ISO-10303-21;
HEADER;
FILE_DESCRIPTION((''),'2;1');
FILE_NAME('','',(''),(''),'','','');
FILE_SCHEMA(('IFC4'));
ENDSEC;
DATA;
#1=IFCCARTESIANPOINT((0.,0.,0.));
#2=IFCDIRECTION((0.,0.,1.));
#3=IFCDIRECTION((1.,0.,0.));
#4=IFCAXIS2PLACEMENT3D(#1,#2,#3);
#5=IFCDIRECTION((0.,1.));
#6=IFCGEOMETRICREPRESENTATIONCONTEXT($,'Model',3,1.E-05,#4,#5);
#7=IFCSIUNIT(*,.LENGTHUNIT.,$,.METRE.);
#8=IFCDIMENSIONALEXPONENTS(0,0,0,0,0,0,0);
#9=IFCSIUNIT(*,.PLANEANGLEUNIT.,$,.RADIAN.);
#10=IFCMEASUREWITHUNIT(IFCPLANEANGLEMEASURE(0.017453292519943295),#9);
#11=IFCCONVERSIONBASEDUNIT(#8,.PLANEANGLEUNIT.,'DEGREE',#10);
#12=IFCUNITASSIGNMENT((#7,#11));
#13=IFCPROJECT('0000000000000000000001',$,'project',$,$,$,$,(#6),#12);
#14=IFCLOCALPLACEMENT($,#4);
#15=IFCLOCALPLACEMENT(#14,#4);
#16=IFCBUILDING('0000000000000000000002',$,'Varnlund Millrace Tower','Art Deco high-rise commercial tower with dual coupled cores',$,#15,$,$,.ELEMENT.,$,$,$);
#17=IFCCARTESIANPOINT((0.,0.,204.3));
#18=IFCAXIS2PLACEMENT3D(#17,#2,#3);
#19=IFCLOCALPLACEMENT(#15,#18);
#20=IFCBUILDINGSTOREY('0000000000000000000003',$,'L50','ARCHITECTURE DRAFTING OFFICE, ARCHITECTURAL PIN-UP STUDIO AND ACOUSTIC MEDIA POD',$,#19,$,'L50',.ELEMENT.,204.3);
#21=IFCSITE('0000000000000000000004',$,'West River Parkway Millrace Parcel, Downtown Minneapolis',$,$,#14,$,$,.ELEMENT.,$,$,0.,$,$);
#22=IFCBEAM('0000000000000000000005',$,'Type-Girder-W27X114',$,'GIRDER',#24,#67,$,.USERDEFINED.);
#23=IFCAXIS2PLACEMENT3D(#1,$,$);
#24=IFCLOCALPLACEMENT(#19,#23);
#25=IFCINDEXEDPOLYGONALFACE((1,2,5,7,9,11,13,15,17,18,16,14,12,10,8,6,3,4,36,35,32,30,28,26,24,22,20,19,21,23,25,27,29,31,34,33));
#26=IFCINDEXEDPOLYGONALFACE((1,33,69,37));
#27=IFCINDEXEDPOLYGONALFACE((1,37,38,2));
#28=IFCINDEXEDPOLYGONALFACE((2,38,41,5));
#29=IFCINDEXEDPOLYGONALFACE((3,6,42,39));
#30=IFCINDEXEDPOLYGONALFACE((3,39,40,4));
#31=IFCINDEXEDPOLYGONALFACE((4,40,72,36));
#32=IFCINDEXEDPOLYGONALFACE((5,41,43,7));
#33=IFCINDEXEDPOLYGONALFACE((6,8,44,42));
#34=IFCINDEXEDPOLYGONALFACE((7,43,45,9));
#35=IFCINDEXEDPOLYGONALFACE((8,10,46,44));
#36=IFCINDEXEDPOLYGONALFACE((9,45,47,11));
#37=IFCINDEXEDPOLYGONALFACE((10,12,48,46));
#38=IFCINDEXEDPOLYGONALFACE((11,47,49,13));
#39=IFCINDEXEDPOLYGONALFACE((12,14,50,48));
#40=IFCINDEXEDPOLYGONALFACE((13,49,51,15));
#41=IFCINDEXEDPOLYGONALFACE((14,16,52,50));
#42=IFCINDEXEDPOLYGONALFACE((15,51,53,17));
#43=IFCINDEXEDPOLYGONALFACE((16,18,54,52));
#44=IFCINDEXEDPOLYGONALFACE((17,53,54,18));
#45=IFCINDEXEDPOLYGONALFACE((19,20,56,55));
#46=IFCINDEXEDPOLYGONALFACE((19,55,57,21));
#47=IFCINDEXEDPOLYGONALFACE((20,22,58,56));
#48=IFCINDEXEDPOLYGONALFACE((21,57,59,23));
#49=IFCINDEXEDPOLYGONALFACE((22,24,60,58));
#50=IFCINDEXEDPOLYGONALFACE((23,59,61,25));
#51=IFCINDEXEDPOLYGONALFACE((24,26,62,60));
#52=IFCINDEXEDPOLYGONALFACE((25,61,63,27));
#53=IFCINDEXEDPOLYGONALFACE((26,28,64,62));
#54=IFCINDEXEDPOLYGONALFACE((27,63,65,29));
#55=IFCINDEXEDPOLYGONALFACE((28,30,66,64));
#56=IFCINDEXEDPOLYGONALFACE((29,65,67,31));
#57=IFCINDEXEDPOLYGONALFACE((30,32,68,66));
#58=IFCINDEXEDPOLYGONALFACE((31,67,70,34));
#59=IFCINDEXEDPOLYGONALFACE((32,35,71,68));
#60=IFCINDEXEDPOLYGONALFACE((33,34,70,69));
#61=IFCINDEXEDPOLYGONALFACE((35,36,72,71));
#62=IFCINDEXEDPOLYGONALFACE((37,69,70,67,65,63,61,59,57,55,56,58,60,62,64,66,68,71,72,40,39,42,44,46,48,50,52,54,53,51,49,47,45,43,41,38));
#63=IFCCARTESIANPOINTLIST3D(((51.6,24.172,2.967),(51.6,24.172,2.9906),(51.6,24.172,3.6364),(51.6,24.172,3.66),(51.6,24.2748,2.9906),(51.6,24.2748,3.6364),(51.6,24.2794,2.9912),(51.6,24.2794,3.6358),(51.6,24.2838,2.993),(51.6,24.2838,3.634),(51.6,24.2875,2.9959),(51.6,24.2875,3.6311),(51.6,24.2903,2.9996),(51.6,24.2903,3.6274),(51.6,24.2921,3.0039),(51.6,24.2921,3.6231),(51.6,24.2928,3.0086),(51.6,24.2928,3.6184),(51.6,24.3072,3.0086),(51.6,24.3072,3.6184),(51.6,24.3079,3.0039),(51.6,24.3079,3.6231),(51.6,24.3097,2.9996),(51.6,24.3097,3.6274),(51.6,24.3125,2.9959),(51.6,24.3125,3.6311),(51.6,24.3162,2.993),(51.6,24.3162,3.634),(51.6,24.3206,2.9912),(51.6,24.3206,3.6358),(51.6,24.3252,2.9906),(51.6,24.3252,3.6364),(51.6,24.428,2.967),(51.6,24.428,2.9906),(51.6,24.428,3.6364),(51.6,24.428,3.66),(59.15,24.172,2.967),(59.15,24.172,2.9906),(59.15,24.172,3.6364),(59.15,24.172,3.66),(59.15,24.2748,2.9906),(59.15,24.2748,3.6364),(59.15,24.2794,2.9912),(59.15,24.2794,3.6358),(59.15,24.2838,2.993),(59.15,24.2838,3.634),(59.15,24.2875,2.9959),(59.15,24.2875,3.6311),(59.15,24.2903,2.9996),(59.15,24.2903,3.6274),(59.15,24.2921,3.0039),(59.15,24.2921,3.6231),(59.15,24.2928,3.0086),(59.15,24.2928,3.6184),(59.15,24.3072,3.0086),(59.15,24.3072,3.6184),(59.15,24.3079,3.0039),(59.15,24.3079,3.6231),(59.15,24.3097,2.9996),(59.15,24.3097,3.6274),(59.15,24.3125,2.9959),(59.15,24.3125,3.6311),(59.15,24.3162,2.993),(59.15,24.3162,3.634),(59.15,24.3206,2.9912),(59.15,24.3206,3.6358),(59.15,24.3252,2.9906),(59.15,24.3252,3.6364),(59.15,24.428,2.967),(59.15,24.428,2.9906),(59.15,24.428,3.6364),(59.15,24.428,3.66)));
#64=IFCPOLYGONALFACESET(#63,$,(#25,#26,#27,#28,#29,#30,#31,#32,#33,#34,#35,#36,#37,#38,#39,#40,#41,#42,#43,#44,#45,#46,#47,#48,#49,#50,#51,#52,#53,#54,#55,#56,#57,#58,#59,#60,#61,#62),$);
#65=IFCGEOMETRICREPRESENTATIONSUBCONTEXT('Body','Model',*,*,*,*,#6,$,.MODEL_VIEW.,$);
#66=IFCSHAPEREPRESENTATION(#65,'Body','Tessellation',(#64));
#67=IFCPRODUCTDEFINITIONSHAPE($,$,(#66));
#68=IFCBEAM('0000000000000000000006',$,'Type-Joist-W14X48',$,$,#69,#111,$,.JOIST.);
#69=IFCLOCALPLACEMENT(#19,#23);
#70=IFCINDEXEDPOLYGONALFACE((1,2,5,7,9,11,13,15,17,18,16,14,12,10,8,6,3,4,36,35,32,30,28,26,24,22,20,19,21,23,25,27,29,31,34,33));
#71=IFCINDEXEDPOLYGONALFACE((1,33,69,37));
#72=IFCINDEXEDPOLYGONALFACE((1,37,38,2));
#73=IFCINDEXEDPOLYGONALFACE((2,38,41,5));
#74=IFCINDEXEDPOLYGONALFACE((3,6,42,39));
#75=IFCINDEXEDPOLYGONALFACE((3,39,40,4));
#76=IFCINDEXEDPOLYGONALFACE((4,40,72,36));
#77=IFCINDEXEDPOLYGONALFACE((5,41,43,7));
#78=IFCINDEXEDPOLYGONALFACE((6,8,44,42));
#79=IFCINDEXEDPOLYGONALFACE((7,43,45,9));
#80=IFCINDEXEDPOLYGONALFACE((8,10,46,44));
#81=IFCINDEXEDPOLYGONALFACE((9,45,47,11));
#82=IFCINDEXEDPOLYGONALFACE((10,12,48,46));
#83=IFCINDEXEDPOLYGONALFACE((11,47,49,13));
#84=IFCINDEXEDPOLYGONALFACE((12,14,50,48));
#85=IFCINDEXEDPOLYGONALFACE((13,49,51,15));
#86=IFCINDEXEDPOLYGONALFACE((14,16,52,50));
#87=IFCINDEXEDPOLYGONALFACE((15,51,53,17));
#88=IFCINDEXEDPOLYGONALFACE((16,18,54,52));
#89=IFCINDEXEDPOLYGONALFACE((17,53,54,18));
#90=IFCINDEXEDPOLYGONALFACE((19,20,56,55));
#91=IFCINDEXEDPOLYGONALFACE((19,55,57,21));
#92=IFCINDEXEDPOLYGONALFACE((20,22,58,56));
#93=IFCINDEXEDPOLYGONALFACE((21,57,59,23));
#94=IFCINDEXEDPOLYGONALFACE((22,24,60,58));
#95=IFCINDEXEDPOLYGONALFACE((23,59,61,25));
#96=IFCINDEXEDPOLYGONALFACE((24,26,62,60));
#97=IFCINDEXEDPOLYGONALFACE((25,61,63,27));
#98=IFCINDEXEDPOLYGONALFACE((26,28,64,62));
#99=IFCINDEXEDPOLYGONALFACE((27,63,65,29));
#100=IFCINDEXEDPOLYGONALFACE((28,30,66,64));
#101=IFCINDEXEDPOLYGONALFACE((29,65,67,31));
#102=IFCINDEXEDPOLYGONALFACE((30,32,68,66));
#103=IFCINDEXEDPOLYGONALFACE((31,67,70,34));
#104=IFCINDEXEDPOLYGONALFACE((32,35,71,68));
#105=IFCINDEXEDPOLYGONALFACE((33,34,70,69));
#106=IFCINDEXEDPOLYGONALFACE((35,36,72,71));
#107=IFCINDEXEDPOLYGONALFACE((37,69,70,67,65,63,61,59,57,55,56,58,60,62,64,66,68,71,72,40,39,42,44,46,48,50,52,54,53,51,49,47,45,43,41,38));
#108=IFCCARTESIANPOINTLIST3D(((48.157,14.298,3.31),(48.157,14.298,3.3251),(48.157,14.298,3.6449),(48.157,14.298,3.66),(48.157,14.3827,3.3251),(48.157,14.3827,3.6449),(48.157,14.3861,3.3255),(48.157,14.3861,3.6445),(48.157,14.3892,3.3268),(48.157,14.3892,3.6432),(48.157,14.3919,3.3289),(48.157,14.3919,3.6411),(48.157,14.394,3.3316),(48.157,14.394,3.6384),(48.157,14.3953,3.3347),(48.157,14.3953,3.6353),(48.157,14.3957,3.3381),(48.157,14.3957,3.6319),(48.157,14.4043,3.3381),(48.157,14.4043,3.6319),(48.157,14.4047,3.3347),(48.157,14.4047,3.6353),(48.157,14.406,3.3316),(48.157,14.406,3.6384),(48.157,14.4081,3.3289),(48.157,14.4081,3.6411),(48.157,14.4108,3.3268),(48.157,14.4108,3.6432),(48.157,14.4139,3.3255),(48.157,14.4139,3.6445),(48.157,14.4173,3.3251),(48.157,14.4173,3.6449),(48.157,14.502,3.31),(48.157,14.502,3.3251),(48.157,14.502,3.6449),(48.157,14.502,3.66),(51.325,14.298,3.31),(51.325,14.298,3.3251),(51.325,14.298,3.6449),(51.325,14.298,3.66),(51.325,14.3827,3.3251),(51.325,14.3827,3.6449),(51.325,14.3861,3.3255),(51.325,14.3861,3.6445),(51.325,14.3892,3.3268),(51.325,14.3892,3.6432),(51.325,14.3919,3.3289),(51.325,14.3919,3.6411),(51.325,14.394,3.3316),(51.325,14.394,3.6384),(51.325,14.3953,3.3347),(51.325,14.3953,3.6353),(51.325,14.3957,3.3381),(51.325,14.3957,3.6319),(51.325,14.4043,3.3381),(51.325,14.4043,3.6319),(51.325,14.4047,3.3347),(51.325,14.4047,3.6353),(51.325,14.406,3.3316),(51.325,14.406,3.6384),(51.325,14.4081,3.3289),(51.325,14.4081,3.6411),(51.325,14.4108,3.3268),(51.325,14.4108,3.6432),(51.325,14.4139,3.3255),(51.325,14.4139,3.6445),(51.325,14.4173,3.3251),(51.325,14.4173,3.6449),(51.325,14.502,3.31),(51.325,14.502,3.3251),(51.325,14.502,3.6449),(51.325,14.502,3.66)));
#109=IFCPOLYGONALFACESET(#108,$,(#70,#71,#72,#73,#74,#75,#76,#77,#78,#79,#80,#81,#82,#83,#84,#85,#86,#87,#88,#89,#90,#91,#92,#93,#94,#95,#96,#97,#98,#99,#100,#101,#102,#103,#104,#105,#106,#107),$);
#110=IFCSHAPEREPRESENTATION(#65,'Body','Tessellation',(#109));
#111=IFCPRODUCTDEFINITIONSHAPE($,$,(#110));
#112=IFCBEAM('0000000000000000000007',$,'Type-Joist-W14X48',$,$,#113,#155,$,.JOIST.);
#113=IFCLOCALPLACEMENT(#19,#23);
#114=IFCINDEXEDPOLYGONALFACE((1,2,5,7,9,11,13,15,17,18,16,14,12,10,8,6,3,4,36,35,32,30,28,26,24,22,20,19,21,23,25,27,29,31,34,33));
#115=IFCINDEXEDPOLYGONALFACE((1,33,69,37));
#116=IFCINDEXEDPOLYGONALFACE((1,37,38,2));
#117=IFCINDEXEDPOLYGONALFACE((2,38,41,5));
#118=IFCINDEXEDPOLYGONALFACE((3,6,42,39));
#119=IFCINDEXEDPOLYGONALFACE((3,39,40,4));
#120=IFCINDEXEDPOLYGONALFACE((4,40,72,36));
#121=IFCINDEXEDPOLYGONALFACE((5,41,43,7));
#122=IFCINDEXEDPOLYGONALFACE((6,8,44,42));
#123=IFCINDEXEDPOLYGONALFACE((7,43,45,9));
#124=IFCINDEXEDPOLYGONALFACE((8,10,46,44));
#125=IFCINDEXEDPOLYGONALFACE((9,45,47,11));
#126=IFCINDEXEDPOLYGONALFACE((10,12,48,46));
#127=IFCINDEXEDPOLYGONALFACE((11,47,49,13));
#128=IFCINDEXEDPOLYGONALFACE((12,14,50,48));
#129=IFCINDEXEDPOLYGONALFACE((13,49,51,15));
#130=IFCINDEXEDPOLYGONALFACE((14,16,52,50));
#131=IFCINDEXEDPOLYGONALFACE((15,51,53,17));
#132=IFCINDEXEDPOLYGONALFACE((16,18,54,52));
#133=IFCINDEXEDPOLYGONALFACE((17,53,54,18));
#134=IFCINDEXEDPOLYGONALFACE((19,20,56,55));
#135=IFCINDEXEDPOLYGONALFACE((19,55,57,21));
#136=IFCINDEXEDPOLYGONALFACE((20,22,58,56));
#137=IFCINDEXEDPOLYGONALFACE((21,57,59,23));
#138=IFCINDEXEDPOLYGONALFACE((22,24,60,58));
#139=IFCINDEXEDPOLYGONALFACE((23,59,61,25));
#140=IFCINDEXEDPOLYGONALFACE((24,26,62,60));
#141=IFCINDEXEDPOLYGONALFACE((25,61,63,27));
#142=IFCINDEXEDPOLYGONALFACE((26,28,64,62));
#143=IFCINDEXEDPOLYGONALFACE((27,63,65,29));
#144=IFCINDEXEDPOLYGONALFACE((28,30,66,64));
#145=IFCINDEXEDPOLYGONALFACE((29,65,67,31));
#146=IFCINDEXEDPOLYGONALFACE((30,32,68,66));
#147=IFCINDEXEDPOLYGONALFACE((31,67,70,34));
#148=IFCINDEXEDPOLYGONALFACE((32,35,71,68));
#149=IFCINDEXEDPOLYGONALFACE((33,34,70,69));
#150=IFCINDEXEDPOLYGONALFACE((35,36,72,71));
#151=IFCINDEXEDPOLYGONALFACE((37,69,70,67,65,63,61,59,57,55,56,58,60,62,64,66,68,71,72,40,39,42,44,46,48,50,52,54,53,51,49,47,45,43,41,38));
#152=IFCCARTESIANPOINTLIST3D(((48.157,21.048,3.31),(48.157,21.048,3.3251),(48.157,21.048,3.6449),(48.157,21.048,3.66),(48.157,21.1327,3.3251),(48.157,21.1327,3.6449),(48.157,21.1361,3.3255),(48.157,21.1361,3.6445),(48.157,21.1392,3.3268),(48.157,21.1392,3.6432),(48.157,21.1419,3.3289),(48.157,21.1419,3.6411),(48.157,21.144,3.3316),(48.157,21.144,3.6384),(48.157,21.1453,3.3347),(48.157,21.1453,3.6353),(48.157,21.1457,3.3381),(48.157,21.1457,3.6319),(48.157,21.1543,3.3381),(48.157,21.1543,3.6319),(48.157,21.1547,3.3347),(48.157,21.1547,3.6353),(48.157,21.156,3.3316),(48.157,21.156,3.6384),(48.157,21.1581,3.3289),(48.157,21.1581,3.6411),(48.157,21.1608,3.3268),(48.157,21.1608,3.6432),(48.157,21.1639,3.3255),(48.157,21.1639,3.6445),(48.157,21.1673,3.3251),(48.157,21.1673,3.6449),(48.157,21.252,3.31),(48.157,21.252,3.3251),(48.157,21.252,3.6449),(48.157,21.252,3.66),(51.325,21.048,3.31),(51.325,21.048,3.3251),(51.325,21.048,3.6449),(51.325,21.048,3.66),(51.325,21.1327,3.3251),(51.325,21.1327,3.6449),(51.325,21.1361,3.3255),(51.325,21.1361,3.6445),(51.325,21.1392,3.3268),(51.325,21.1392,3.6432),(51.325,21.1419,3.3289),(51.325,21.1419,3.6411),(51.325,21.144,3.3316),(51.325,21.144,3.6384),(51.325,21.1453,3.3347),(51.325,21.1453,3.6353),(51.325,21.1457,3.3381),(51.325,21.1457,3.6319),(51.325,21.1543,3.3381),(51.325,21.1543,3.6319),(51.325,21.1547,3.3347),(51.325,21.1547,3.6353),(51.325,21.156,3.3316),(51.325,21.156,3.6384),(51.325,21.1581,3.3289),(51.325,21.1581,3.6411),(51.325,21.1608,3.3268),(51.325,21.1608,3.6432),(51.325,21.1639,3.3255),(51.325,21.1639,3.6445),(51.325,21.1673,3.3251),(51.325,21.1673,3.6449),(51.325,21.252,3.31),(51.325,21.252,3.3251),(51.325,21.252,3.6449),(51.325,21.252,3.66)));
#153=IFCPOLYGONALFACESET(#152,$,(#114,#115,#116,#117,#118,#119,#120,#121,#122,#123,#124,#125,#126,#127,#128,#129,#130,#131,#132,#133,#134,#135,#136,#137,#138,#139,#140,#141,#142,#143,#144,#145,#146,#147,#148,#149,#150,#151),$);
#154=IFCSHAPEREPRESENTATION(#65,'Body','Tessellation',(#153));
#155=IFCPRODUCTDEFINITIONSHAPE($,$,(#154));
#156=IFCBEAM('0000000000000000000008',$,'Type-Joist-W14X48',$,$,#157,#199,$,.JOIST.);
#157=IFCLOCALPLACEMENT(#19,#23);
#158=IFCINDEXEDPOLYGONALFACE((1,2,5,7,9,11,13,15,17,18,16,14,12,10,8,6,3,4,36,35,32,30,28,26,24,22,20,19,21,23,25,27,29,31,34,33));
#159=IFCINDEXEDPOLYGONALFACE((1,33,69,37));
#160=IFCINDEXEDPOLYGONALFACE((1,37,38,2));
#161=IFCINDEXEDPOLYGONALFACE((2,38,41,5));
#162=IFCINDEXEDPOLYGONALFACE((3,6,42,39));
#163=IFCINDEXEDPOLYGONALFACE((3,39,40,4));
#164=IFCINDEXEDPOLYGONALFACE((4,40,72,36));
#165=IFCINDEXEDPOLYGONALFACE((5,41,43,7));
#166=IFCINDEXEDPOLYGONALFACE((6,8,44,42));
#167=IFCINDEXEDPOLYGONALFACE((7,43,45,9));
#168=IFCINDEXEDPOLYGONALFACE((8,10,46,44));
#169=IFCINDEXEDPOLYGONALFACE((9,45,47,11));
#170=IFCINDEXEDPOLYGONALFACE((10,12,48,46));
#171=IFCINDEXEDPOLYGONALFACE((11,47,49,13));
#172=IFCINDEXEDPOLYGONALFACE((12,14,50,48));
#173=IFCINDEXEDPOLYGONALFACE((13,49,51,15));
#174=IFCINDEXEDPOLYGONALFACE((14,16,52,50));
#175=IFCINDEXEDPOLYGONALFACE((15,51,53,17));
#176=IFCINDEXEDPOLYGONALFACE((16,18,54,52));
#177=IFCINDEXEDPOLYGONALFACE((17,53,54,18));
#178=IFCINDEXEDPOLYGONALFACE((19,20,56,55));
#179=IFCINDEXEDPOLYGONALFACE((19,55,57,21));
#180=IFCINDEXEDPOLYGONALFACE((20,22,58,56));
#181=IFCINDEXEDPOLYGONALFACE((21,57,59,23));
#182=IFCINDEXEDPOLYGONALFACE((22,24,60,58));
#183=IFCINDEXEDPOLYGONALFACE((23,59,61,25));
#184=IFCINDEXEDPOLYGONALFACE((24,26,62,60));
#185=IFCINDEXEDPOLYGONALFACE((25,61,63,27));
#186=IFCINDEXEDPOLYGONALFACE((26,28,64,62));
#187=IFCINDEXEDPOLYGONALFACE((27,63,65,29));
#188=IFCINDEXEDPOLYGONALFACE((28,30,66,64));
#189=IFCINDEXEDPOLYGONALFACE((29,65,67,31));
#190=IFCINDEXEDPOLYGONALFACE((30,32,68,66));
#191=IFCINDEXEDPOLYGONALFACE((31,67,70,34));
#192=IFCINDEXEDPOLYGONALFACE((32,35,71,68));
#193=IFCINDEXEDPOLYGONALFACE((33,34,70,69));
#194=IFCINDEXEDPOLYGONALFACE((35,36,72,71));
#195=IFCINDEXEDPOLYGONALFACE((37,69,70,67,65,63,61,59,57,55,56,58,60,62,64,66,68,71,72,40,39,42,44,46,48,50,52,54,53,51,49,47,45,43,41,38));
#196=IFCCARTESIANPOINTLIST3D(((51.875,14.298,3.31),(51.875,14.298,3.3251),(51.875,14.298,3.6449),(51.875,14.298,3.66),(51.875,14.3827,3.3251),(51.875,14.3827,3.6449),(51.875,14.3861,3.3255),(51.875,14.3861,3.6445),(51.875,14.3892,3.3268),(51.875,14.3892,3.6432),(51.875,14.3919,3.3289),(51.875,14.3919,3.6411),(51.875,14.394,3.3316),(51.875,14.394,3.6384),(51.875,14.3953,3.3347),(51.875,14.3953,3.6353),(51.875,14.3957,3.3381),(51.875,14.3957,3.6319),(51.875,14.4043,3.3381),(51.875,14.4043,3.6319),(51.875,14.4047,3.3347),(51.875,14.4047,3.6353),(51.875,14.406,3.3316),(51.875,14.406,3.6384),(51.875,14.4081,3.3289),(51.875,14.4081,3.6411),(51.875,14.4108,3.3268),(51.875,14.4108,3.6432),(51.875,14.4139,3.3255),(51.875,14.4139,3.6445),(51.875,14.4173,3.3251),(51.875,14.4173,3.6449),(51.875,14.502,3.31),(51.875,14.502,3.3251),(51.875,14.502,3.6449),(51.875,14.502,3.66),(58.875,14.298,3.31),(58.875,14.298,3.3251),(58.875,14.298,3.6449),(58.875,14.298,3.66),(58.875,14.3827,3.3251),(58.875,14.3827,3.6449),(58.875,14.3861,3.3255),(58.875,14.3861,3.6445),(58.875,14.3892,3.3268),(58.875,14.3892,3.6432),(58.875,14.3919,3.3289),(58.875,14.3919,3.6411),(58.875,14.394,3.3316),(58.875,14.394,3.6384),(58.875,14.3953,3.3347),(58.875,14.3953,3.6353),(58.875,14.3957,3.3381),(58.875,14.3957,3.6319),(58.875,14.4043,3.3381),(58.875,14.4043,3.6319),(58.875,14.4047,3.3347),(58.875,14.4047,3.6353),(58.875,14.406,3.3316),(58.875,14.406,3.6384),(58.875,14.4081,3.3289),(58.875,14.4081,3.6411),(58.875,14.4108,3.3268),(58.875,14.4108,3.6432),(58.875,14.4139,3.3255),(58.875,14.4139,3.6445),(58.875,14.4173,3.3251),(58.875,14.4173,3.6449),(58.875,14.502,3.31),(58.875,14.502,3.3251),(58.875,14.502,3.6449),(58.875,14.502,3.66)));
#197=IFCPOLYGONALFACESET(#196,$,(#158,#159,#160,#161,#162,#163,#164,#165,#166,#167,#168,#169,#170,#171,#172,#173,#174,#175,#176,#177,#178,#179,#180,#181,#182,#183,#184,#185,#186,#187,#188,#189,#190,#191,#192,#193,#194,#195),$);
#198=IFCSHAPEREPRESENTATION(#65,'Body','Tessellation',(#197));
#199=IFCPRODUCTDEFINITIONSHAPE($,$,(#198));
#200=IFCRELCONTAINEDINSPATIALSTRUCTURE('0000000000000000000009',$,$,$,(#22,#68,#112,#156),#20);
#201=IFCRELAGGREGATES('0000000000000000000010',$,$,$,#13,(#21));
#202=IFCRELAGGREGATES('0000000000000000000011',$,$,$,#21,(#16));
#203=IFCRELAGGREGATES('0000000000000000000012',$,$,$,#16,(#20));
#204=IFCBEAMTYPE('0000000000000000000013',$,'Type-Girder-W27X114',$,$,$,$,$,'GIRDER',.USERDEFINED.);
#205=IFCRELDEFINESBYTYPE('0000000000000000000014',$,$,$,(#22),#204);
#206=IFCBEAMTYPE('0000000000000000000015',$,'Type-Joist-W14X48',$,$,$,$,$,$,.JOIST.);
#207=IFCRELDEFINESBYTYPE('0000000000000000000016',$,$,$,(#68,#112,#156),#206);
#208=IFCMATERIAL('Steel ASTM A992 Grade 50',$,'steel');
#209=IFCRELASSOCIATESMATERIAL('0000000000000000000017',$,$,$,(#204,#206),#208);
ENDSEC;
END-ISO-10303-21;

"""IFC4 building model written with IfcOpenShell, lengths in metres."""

from ifc_helpers import new_model, entity, si_unit, converted_unit, direction, frame, origin_with_axes, origin_2d_with_axis, place, context, subcontext, project, spatial, i_section, extrude, material, material_profile, profile_set, type_object, element, save


model = new_model("IFC4")

# Units and contexts
model_context = context("Model", 3, precision=1e-05, world=origin_with_axes(), true_north=direction((0.0, 1.0)))
body_context = subcontext(model_context, "Body", "Model", "MODEL_VIEW")
ifc_project = project(units=[si_unit("LENGTHUNIT", "METRE"), converted_unit("PLANEANGLEUNIT", "DEGREE", entity("IfcPlaneAngleMeasure", 0.017453292519943295), si_unit("PLANEANGLEUNIT", "RADIAN"), dimensions=[0, 0, 0, 0, 0, 0, 0])], contexts=[model_context])

# Site, building, storey
site_placement = place(None, origin_with_axes())
site = spatial("IfcSite", under=ifc_project, at=site_placement, Name="West River Parkway Millrace Parcel, Downtown Minneapolis", CompositionType="ELEMENT", RefElevation=0.0)
building_placement = place(site_placement, origin_with_axes())
building = spatial("IfcBuilding", under=site, at=building_placement, Name="Varnlund Millrace Tower", Description="Art Deco high-rise commercial tower with dual coupled cores", CompositionType="ELEMENT")
storey_placement = place(building_placement, frame((0.0, 0.0, 204.3), z_axis=(0.0, 0.0, 1.0), x_axis=(1.0, 0.0, 0.0)))
storey = spatial("IfcBuildingStorey", under=building, at=storey_placement, Name="L50", Description="ARCHITECTURE DRAFTING OFFICE, ARCHITECTURAL PIN-UP STUDIO AND ACOUSTIC MEDIA POD", LongName="L50", CompositionType="ELEMENT", Elevation=204.3)

# Beams
ifc_material_1 = material(Name="Steel ASTM A992 Grade 50", Category="steel")
ifc_material_profile_1 = material_profile(ifc_material_1, i_section(OverallWidth=0.256, OverallDepth=0.693, WebThickness=0.0145, FlangeThickness=0.0236, FilletRadius=0.018, at=origin_2d_with_axis()), Name="Steel ASTM A992 Grade 50")
ifc_profile_set_1 = profile_set([ifc_material_profile_1], Name="Steel ASTM A992 Grade 50")
beam_type_1 = type_object("IfcBeamType", Name="Type-Girder-W27X114", ElementType="GIRDER", PredefinedType="USERDEFINED", material=ifc_profile_set_1)
beam_1_placement = place(storey_placement, frame((51.6, 24.3, 3.3135), z_axis=(1.0, 0.0, 0.0), x_axis=(0.0, 1.0, 0.0)))
element("IfcBeam", 1, at=beam_1_placement, inside=storey, type_object=beam_type_1, Name="Type-Girder-W27X114", ObjectType="GIRDER", PredefinedType="USERDEFINED", context=body_context, shape_type="SweptSolid", body=[
    extrude(i_section(OverallWidth=0.256, OverallDepth=0.693, WebThickness=0.0145, FlangeThickness=0.0236, FilletRadius=0.018, at=origin_2d_with_axis()), origin_with_axes(), (0.0, 0.0, 1.0), 7.55),
])
ifc_material_profile_2 = material_profile(ifc_material_1, i_section(OverallWidth=0.204, OverallDepth=0.35, WebThickness=0.0086, FlangeThickness=0.0151, FilletRadius=0.013, at=origin_2d_with_axis()), Name="Steel ASTM A992 Grade 50")
ifc_profile_set_2 = profile_set([ifc_material_profile_2], Name="Steel ASTM A992 Grade 50")
beam_type_2 = type_object("IfcBeamType", Name="Type-Joist-W14X48", PredefinedType="JOIST", material=ifc_profile_set_2)
for number, where, z_axis, x_axis, name in (
    (2, (48.157, 14.4, 3.485), (1.0, 0.0, 0.0), (0.0, 1.0, 0.0), "Type-Joist-W14X48"),
    (3, (48.157, 21.15, 3.485), (1.0, 0.0, 0.0), (0.0, 1.0, 0.0), "Type-Joist-W14X48"),
):
    element("IfcBeam", number, at=place(storey_placement, frame(where, z_axis=z_axis, x_axis=x_axis)), inside=storey, type_object=beam_type_2, Name=name, PredefinedType="JOIST", context=body_context, shape_type="SweptSolid", body=[
        extrude(i_section(OverallWidth=0.204, OverallDepth=0.35, WebThickness=0.0086, FlangeThickness=0.0151, FilletRadius=0.013, at=origin_2d_with_axis()), origin_with_axes(), (0.0, 0.0, 1.0), 3.168),
    ])
for number, where, z_axis, x_axis, name in (
    (4, (51.875, 14.4, 3.485), (1.0, 0.0, 0.0), (0.0, 1.0, 0.0), "Type-Joist-W14X48"),
):
    element("IfcBeam", number, at=place(storey_placement, frame(where, z_axis=z_axis, x_axis=x_axis)), inside=storey, type_object=beam_type_2, Name=name, PredefinedType="JOIST", context=body_context, shape_type="SweptSolid", body=[
        extrude(i_section(OverallWidth=0.204, OverallDepth=0.35, WebThickness=0.0086, FlangeThickness=0.0151, FilletRadius=0.013, at=origin_2d_with_axis()), origin_with_axes(), (0.0, 0.0, 1.0), 7.0),
    ])

save(model, "model.ifc")
